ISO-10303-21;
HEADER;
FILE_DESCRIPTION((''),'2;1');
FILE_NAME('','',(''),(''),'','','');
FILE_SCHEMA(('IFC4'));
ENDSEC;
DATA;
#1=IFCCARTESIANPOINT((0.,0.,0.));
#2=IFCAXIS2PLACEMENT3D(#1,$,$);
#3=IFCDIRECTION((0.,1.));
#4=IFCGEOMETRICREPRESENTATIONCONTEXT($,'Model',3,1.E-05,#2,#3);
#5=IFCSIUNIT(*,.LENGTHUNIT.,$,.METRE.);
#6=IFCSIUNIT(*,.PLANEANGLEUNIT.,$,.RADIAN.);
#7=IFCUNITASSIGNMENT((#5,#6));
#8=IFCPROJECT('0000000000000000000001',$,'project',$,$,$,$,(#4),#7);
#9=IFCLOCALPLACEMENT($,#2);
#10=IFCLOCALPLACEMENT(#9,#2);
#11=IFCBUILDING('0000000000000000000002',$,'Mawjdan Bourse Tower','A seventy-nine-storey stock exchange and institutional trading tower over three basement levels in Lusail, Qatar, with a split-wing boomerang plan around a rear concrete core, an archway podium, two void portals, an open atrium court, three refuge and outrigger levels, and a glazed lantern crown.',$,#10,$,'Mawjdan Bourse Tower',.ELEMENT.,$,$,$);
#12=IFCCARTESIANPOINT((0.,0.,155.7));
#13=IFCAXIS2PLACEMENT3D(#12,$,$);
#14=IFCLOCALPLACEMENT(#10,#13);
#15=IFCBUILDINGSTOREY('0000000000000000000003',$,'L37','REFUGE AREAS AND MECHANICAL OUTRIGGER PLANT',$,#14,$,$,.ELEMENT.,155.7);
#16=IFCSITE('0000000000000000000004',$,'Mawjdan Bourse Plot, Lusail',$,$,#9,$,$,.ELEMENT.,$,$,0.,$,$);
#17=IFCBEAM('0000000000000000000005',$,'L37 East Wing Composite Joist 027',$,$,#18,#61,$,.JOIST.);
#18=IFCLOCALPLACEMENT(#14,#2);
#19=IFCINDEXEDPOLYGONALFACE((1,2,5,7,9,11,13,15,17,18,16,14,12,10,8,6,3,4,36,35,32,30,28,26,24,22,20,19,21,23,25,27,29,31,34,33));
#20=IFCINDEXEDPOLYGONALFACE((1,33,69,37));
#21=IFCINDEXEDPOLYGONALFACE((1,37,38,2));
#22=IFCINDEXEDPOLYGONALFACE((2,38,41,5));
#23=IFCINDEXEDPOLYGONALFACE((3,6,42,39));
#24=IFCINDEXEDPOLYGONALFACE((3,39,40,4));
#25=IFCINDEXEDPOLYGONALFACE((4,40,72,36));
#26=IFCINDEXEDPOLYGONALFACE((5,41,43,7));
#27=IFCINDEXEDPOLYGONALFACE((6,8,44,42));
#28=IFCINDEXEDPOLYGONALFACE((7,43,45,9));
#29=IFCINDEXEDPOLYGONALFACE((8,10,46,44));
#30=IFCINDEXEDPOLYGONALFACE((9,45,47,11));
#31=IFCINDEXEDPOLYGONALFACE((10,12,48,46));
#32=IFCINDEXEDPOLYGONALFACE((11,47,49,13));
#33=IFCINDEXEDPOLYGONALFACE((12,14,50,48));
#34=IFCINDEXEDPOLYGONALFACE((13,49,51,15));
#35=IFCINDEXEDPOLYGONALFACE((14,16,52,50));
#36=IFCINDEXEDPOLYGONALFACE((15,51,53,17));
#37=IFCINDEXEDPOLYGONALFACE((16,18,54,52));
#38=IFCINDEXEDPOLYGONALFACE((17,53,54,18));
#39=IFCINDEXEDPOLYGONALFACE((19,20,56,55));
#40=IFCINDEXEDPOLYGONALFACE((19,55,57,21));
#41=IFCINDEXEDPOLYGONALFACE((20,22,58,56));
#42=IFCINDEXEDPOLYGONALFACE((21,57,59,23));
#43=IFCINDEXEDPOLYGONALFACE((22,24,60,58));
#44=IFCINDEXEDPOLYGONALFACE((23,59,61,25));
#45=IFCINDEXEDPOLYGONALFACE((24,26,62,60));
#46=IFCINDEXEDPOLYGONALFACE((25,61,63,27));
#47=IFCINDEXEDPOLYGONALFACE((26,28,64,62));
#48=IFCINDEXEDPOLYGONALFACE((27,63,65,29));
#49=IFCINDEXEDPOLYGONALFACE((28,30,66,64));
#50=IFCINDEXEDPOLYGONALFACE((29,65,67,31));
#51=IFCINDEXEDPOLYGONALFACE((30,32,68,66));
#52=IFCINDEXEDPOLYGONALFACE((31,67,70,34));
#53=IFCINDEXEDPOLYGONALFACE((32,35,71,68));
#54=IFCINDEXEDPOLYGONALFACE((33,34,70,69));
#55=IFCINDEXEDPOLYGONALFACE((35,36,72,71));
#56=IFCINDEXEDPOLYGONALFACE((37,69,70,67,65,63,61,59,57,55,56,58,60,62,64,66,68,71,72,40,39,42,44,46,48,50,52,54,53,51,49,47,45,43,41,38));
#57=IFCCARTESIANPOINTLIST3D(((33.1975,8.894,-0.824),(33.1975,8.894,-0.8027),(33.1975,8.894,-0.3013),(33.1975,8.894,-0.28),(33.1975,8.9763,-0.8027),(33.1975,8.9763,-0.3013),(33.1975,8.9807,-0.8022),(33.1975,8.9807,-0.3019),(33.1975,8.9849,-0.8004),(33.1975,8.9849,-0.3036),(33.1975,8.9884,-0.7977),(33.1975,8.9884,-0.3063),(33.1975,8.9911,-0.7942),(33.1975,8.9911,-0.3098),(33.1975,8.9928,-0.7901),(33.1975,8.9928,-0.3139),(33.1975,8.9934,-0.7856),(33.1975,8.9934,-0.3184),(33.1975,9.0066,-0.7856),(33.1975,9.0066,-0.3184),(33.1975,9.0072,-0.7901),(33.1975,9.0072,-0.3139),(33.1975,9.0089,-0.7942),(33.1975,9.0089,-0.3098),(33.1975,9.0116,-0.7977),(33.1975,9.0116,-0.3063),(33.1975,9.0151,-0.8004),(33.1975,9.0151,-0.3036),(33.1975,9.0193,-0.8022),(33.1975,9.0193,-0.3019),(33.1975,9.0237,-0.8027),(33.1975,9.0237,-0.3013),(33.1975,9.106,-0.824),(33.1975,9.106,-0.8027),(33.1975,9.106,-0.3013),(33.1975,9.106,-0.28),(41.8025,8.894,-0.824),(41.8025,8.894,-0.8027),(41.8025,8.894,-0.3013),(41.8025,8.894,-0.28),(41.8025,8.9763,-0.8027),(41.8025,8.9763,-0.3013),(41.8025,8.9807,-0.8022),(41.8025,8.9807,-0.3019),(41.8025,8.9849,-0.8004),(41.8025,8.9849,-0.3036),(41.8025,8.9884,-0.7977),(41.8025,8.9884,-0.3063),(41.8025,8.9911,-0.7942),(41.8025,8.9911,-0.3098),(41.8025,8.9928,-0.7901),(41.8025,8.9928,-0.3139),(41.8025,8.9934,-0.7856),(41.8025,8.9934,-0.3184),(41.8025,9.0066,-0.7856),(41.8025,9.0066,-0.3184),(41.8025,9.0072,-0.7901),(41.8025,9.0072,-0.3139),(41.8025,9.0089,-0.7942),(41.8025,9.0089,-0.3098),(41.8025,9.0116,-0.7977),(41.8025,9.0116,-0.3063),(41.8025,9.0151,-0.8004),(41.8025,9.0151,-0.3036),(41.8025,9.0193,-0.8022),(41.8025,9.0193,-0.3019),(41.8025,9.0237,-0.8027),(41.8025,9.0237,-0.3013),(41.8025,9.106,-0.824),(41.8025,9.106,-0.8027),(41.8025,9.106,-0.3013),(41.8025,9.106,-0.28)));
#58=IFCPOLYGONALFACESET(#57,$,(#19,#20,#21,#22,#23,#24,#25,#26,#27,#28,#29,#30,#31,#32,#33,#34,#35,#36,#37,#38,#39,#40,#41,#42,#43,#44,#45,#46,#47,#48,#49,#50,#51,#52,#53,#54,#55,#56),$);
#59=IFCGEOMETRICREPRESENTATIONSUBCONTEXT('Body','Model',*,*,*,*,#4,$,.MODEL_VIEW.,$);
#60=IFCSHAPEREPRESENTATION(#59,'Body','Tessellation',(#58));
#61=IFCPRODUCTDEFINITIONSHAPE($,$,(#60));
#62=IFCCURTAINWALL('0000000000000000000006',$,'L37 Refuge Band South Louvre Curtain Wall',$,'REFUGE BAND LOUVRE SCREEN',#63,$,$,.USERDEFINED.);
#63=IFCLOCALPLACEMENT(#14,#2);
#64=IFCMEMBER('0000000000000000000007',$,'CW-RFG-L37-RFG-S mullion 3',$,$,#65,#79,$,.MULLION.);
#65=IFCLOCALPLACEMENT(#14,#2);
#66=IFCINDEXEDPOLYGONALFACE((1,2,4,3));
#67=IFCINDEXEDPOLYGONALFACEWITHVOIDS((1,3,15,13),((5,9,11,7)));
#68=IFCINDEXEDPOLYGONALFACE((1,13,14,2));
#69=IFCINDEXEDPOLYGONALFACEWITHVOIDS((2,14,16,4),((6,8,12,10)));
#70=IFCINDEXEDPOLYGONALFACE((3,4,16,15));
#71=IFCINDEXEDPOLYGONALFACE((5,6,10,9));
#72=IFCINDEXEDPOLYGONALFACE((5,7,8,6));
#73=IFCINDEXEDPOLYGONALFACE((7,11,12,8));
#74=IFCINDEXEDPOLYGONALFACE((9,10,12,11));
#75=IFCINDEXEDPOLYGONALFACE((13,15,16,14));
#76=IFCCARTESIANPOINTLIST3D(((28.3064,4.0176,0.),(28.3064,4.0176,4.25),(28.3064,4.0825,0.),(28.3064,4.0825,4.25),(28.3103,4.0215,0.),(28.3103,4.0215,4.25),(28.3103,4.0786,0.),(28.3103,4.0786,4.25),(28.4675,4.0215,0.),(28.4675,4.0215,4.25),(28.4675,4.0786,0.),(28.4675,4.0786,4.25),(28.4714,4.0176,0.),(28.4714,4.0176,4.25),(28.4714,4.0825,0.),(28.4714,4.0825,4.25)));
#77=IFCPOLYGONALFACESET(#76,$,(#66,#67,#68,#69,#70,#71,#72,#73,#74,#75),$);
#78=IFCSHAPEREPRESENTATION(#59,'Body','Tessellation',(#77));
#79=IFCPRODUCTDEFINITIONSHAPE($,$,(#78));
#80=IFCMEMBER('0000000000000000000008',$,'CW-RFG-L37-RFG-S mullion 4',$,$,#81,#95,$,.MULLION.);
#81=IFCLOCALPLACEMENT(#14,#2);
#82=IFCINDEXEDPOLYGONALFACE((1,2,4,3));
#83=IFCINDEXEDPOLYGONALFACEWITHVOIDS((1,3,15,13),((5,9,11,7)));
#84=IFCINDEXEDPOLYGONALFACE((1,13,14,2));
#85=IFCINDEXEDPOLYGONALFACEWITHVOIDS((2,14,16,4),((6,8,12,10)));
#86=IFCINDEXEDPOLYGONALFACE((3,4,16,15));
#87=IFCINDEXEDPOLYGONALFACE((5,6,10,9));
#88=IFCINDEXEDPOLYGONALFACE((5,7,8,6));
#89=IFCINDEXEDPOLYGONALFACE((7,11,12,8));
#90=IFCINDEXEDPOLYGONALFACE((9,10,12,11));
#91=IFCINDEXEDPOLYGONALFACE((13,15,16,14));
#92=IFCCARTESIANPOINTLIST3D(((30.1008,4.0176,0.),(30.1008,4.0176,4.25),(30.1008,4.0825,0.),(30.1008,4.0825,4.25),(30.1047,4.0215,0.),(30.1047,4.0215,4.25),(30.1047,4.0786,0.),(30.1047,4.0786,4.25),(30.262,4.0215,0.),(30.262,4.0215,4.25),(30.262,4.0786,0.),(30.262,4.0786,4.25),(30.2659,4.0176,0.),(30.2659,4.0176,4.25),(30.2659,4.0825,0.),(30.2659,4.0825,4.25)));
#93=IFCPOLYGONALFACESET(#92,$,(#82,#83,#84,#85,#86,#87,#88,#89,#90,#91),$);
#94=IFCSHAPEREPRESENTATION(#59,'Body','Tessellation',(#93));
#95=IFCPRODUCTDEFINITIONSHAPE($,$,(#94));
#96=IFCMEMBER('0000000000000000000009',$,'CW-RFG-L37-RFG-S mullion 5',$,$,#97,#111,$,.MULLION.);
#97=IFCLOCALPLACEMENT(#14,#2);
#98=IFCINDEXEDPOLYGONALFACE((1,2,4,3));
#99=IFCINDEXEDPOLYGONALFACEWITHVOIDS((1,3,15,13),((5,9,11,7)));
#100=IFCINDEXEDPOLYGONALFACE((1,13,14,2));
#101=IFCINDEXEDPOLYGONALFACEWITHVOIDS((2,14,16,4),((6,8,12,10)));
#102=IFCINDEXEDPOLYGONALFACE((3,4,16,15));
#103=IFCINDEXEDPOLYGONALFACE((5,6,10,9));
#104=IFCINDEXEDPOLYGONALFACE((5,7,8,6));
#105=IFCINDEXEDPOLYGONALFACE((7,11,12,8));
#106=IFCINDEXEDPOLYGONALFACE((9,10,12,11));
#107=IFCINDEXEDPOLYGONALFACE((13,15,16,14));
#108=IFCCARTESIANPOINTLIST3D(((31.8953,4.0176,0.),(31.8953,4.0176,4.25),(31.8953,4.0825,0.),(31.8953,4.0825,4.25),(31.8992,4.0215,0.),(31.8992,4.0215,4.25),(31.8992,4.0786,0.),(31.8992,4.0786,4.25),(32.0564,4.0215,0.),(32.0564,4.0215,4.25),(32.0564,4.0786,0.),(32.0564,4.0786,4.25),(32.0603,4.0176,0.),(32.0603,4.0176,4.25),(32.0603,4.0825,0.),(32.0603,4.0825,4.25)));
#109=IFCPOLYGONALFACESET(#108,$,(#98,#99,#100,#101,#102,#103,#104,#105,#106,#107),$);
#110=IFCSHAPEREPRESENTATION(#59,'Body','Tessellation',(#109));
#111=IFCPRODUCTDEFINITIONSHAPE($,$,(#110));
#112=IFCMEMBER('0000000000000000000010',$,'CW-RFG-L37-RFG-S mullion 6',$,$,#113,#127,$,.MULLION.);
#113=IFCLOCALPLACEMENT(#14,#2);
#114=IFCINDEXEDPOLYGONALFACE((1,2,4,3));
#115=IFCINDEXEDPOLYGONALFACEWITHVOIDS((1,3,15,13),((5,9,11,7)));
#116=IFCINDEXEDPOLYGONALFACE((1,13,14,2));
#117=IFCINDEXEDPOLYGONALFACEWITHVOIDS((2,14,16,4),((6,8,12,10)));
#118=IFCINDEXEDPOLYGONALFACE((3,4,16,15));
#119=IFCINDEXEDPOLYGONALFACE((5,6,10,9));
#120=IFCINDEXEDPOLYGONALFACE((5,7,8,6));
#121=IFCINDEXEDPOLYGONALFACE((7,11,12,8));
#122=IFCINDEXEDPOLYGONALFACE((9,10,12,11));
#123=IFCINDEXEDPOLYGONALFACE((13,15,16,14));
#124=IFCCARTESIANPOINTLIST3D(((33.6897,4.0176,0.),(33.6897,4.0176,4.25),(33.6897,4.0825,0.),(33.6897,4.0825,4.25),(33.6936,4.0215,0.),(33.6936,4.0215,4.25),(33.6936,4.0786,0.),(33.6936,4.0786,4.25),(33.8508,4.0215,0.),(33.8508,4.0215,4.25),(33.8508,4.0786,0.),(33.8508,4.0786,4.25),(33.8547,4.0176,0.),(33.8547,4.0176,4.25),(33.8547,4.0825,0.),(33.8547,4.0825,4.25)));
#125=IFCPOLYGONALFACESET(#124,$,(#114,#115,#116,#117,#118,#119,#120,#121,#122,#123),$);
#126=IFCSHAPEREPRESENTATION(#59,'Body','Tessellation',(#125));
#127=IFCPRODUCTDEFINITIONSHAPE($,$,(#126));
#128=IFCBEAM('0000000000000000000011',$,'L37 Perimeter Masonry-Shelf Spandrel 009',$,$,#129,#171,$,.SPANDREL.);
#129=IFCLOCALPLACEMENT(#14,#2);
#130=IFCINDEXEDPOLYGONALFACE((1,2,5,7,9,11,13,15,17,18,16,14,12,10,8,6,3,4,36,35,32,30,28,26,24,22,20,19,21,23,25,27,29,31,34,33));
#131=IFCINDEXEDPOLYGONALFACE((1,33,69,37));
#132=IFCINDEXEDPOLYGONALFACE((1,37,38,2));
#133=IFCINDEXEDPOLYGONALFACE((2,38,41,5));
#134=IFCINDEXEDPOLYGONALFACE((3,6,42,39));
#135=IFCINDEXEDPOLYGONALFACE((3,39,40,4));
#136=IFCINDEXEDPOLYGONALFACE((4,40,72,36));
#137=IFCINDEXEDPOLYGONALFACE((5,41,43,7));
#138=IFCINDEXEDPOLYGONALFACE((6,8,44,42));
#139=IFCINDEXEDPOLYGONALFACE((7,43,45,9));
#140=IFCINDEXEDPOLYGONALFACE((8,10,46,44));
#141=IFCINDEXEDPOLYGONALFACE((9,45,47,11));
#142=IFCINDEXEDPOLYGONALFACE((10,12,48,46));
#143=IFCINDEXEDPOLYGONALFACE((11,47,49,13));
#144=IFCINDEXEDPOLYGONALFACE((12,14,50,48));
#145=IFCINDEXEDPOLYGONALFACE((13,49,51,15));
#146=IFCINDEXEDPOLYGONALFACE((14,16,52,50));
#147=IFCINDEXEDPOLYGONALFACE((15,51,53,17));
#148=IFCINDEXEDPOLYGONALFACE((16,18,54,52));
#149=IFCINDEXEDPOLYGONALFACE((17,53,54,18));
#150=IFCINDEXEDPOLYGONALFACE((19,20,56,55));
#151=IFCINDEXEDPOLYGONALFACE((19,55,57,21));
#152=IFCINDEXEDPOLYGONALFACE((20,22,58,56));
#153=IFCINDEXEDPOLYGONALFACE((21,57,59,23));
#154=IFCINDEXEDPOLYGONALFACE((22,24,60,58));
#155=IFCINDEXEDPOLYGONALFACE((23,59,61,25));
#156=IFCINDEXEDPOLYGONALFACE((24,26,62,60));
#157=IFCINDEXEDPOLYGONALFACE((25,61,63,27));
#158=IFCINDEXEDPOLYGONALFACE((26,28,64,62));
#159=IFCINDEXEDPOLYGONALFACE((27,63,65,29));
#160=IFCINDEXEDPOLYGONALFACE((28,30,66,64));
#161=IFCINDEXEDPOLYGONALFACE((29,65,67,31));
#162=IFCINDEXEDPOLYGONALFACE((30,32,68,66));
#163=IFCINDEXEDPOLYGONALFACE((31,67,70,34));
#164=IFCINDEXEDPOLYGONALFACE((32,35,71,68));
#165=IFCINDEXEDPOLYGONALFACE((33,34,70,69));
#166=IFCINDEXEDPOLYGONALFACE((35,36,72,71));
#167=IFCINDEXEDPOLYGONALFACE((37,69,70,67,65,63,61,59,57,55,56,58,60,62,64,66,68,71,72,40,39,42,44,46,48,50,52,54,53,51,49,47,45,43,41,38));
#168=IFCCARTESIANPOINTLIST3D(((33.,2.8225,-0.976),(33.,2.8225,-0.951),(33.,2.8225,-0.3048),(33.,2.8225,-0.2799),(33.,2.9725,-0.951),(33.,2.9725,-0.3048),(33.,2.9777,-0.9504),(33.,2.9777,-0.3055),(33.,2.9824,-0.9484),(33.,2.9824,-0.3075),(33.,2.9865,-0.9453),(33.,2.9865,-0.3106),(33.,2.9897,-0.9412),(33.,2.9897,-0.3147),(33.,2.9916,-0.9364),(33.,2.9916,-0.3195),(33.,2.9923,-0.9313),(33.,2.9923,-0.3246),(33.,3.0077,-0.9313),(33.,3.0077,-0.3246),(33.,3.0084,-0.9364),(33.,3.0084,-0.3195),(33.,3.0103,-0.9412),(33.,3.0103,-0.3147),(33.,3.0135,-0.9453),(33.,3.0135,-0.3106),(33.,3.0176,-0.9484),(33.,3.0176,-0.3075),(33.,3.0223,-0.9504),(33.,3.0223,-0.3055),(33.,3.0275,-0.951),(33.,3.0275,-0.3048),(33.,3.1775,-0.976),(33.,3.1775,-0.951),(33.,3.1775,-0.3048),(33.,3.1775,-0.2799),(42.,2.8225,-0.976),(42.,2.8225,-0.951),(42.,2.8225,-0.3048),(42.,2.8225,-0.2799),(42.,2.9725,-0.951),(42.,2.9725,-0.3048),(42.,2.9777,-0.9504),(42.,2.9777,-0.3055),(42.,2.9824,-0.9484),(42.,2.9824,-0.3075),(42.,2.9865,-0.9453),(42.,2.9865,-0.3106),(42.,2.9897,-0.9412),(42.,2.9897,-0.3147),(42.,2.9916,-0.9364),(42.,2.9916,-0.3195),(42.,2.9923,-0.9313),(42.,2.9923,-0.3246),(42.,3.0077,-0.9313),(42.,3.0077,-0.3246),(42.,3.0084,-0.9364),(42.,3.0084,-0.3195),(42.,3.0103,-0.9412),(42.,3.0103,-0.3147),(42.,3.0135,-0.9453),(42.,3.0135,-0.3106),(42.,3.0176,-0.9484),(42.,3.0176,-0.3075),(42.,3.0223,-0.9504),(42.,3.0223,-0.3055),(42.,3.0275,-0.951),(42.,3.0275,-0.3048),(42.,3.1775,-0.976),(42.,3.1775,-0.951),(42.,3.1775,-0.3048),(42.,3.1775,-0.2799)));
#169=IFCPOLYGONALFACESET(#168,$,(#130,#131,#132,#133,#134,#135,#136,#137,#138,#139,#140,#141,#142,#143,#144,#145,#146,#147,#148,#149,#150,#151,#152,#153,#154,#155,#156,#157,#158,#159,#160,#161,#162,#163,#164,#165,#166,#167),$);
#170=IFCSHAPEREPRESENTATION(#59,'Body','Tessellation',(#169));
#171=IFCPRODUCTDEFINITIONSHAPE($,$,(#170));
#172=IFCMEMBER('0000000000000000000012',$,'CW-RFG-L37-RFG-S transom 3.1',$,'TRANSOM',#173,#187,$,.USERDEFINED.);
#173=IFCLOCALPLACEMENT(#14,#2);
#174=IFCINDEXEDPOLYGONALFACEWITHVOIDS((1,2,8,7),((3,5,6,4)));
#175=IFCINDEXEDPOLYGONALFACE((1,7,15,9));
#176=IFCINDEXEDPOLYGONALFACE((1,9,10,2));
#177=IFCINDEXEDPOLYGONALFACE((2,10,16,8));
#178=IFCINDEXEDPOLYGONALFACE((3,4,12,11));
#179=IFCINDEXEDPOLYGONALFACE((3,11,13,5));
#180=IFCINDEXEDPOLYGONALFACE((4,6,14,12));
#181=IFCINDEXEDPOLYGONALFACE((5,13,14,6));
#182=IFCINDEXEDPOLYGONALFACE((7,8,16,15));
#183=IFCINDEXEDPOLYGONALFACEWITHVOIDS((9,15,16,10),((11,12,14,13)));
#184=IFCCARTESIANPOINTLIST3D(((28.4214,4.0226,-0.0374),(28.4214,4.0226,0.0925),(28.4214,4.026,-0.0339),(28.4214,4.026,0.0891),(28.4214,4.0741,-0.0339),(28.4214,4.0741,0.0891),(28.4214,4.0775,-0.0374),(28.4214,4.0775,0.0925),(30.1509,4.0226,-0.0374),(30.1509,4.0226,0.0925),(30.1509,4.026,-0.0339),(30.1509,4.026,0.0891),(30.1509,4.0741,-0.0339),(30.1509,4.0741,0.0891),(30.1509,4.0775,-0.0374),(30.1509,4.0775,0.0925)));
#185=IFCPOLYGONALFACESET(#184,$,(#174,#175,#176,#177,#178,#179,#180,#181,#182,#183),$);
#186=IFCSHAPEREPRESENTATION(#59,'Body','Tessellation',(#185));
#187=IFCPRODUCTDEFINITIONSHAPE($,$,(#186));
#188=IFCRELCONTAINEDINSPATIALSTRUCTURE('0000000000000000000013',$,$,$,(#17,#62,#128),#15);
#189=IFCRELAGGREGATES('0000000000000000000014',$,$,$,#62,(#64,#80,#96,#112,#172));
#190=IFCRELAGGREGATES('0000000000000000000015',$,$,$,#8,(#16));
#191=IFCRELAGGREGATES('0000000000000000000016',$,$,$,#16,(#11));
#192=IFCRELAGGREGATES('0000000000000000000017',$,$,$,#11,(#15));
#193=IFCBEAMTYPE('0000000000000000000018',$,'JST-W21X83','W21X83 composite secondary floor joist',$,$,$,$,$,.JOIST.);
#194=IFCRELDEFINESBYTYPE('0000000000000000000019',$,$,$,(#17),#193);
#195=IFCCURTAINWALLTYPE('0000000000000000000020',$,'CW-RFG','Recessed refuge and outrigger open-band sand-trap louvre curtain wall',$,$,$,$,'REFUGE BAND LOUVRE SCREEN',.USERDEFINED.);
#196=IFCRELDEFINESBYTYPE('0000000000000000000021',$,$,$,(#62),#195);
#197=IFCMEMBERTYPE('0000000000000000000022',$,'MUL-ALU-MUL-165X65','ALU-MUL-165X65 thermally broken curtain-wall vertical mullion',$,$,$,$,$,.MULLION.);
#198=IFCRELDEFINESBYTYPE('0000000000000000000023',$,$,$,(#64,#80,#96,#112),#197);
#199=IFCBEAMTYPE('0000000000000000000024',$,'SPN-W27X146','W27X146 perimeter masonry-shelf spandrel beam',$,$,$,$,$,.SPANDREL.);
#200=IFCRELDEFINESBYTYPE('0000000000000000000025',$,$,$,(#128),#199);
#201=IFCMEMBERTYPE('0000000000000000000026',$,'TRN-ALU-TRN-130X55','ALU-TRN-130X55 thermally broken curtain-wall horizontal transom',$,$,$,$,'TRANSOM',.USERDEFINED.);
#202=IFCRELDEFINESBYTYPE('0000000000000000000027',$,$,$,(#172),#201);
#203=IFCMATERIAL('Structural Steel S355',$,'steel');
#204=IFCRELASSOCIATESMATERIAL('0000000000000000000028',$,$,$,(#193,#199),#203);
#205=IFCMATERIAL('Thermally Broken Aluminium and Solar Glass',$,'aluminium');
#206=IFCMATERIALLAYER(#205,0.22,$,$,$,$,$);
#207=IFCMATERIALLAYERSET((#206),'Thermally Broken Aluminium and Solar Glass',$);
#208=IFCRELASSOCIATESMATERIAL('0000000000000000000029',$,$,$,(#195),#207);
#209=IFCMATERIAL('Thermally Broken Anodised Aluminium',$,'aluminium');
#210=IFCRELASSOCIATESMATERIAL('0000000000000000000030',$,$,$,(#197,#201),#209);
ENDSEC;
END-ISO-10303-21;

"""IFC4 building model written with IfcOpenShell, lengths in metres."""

from ifc_helpers import new_model, si_unit, direction, frame, origin, origin_2d, place, context, subcontext, project, spatial, hollow_rectangle, i_section, extrude, material, layer, layer_set, material_profile, profile_set, type_object, element, aggregate, save


model = new_model("IFC4")

# Units and contexts
model_context = context("Model", 3, precision=1e-05, world=origin(), true_north=direction((0.0, 1.0)))
body_context = subcontext(model_context, "Body", "Model", "MODEL_VIEW")
ifc_project = project(units=[si_unit("LENGTHUNIT", "METRE"), si_unit("PLANEANGLEUNIT", "RADIAN")], contexts=[model_context])

# Site, building, storey
site_placement = place(None, origin())
site = spatial("IfcSite", under=ifc_project, at=site_placement, Name="Mawjdan Bourse Plot, Lusail", CompositionType="ELEMENT", RefElevation=0.0)
building_placement = place(site_placement, origin())
building = spatial("IfcBuilding", under=site, at=building_placement, Name="Mawjdan Bourse Tower", Description="A seventy-nine-storey stock exchange and institutional trading tower over three basement levels in Lusail, Qatar, with a split-wing boomerang plan around a rear concrete core, an archway podium, two void portals, an open atrium court, three refuge and outrigger levels, and a glazed lantern crown.", LongName="Mawjdan Bourse Tower", CompositionType="ELEMENT")
storey_placement = place(building_placement, frame((0.0, 0.0, 155.7)))
storey = spatial("IfcBuildingStorey", under=building, at=storey_placement, Name="L37", Description="REFUGE AREAS AND MECHANICAL OUTRIGGER PLANT", CompositionType="ELEMENT", Elevation=155.7)

# Beam
ifc_material_1 = material(Name="Structural Steel S355", Category="steel")
ifc_material_profile_1 = material_profile(ifc_material_1, i_section(OverallWidth=0.2119, OverallDepth=0.5439, WebThickness=0.0132, FlangeThickness=0.0212, FilletRadius=0.0171, at=origin_2d()), Name="W21X83")
ifc_profile_set_1 = profile_set([ifc_material_profile_1], Name="Structural Steel S355")
beam_type_1 = type_object("IfcBeamType", Name="JST-W21X83", Description="W21X83 composite secondary floor joist", PredefinedType="JOIST", material=ifc_profile_set_1)
for number, where, z_axis, x_axis, name in (
    (1, (33.1975, 9.0, -0.552), (1.0, 0.0, 0.0), (0.0, 1.0, 0.0), "L37 East Wing Composite Joist 027"),
):
    element("IfcBeam", number, at=place(storey_placement, frame(where, z_axis=z_axis, x_axis=x_axis)), inside=storey, type_object=beam_type_1, Name=name, PredefinedType="JOIST", context=body_context, shape_type="SweptSolid", body=[
        extrude(i_section(OverallWidth=0.2119, OverallDepth=0.5439, WebThickness=0.0132, FlangeThickness=0.0212, FilletRadius=0.0171, at=origin_2d()), origin(), (0.0, 0.0, 1.0), 8.605),
    ])

# Curtain wall, members
ifc_material_2 = material(Name="Thermally Broken Aluminium and Solar Glass", Category="aluminium")
ifc_layer_1 = layer(ifc_material_2, 0.22)
ifc_layer_set_1 = layer_set([ifc_layer_1], Name="Thermally Broken Aluminium and Solar Glass")
curtain_wall_type = type_object("IfcCurtainWallType", Name="CW-RFG", Description="Recessed refuge and outrigger open-band sand-trap louvre curtain wall", ElementType="REFUGE BAND LOUVRE SCREEN", PredefinedType="USERDEFINED", material=ifc_layer_set_1)
curtain_wall_placement = place(storey_placement, origin())
curtain_wall = element("IfcCurtainWall", 2, at=curtain_wall_placement, inside=storey, type_object=curtain_wall_type, Name="L37 Refuge Band South Louvre Curtain Wall", ObjectType="REFUGE BAND LOUVRE SCREEN", PredefinedType="USERDEFINED")
ifc_material_3 = material(Name="Thermally Broken Anodised Aluminium", Category="aluminium")
ifc_material_profile_2 = material_profile(ifc_material_3, hollow_rectangle(XDim=0.0649, YDim=0.165, WallThickness=0.0039, at=origin_2d()), Name="ALU-MUL-165X65")
ifc_profile_set_2 = profile_set([ifc_material_profile_2], Name="Thermally Broken Anodised Aluminium")
member_type_1 = type_object("IfcMemberType", Name="MUL-ALU-MUL-165X65", Description="ALU-MUL-165X65 thermally broken curtain-wall vertical mullion", PredefinedType="MULLION", material=ifc_profile_set_2)
member_1_placement = place(storey_placement, frame((28.3889, 4.05, 0.0), z_axis=(0.0, 0.0, 1.0), x_axis=(0.0, 1.0, 0.0)))
member_1 = element("IfcMember", 3, at=member_1_placement, type_object=member_type_1, Name="CW-RFG-L37-RFG-S mullion 3", PredefinedType="MULLION", context=body_context, shape_type="SweptSolid", body=[
    extrude(hollow_rectangle(XDim=0.0649, YDim=0.165, WallThickness=0.0039, at=origin_2d()), origin(), (0.0, 0.0, 1.0), 4.25),
])
member_2_placement = place(storey_placement, frame((30.1833, 4.05, 0.0), z_axis=(0.0, 0.0, 1.0), x_axis=(0.0, 1.0, 0.0)))
member_2 = element("IfcMember", 4, at=member_2_placement, type_object=member_type_1, Name="CW-RFG-L37-RFG-S mullion 4", PredefinedType="MULLION", context=body_context, shape_type="SweptSolid", body=[
    extrude(hollow_rectangle(XDim=0.0649, YDim=0.165, WallThickness=0.0039, at=origin_2d()), origin(), (0.0, 0.0, 1.0), 4.25),
])
member_3_placement = place(storey_placement, frame((31.9778, 4.05, 0.0), z_axis=(0.0, 0.0, 1.0), x_axis=(0.0, 1.0, 0.0)))
member_3 = element("IfcMember", 5, at=member_3_placement, type_object=member_type_1, Name="CW-RFG-L37-RFG-S mullion 5", PredefinedType="MULLION", context=body_context, shape_type="SweptSolid", body=[
    extrude(hollow_rectangle(XDim=0.0649, YDim=0.165, WallThickness=0.0039, at=origin_2d()), origin(), (0.0, 0.0, 1.0), 4.25),
])
member_4_placement = place(storey_placement, frame((33.7722, 4.05, 0.0), z_axis=(0.0, 0.0, 1.0), x_axis=(0.0, 1.0, 0.0)))
member_4 = element("IfcMember", 6, at=member_4_placement, type_object=member_type_1, Name="CW-RFG-L37-RFG-S mullion 6", PredefinedType="MULLION", context=body_context, shape_type="SweptSolid", body=[
    extrude(hollow_rectangle(XDim=0.0649, YDim=0.165, WallThickness=0.0039, at=origin_2d()), origin(), (0.0, 0.0, 1.0), 4.25),
])

# Beam
ifc_material_profile_3 = material_profile(ifc_material_1, i_section(OverallWidth=0.355, OverallDepth=0.696, WebThickness=0.0154, FlangeThickness=0.0249, FilletRadius=0.0198, at=origin_2d()), Name="W27X146")
ifc_profile_set_3 = profile_set([ifc_material_profile_3], Name="Structural Steel S355")
beam_type_2 = type_object("IfcBeamType", Name="SPN-W27X146", Description="W27X146 perimeter masonry-shelf spandrel beam", PredefinedType="SPANDREL", material=ifc_profile_set_3)
beam_1_placement = place(storey_placement, frame((33.0, 3.0, -0.6279), z_axis=(1.0, 0.0, 0.0), x_axis=(0.0, 1.0, 0.0)))
element("IfcBeam", 7, at=beam_1_placement, inside=storey, type_object=beam_type_2, Name="L37 Perimeter Masonry-Shelf Spandrel 009", PredefinedType="SPANDREL", context=body_context, shape_type="SweptSolid", body=[
    extrude(i_section(OverallWidth=0.355, OverallDepth=0.696, WebThickness=0.0154, FlangeThickness=0.0249, FilletRadius=0.0198, at=origin_2d()), origin(), (0.0, 0.0, 1.0), 9.0),
])

# Member
ifc_material_profile_4 = material_profile(ifc_material_3, hollow_rectangle(XDim=0.0549, YDim=0.1299, WallThickness=0.0034, at=origin_2d()), Name="ALU-TRN-130X55")
ifc_profile_set_4 = profile_set([ifc_material_profile_4], Name="Thermally Broken Anodised Aluminium")
member_type_2 = type_object("IfcMemberType", Name="TRN-ALU-TRN-130X55", Description="ALU-TRN-130X55 thermally broken curtain-wall horizontal transom", ElementType="TRANSOM", PredefinedType="USERDEFINED", material=ifc_profile_set_4)
member_5_placement = place(storey_placement, frame((28.4214, 4.05, 0.0276), z_axis=(1.0, 0.0, 0.0), x_axis=(0.0, 1.0, 0.0)))
member_5 = element("IfcMember", 8, at=member_5_placement, type_object=member_type_2, Name="CW-RFG-L37-RFG-S transom 3.1", ObjectType="TRANSOM", PredefinedType="USERDEFINED", context=body_context, shape_type="SweptSolid", body=[
    extrude(hollow_rectangle(XDim=0.0549, YDim=0.1299, WallThickness=0.0034, at=origin_2d()), origin(), (0.0, 0.0, 1.0), 1.7295),
])

aggregate(curtain_wall, [member_1, member_2, member_3, member_4, member_5])

save(model, "model.ifc")
